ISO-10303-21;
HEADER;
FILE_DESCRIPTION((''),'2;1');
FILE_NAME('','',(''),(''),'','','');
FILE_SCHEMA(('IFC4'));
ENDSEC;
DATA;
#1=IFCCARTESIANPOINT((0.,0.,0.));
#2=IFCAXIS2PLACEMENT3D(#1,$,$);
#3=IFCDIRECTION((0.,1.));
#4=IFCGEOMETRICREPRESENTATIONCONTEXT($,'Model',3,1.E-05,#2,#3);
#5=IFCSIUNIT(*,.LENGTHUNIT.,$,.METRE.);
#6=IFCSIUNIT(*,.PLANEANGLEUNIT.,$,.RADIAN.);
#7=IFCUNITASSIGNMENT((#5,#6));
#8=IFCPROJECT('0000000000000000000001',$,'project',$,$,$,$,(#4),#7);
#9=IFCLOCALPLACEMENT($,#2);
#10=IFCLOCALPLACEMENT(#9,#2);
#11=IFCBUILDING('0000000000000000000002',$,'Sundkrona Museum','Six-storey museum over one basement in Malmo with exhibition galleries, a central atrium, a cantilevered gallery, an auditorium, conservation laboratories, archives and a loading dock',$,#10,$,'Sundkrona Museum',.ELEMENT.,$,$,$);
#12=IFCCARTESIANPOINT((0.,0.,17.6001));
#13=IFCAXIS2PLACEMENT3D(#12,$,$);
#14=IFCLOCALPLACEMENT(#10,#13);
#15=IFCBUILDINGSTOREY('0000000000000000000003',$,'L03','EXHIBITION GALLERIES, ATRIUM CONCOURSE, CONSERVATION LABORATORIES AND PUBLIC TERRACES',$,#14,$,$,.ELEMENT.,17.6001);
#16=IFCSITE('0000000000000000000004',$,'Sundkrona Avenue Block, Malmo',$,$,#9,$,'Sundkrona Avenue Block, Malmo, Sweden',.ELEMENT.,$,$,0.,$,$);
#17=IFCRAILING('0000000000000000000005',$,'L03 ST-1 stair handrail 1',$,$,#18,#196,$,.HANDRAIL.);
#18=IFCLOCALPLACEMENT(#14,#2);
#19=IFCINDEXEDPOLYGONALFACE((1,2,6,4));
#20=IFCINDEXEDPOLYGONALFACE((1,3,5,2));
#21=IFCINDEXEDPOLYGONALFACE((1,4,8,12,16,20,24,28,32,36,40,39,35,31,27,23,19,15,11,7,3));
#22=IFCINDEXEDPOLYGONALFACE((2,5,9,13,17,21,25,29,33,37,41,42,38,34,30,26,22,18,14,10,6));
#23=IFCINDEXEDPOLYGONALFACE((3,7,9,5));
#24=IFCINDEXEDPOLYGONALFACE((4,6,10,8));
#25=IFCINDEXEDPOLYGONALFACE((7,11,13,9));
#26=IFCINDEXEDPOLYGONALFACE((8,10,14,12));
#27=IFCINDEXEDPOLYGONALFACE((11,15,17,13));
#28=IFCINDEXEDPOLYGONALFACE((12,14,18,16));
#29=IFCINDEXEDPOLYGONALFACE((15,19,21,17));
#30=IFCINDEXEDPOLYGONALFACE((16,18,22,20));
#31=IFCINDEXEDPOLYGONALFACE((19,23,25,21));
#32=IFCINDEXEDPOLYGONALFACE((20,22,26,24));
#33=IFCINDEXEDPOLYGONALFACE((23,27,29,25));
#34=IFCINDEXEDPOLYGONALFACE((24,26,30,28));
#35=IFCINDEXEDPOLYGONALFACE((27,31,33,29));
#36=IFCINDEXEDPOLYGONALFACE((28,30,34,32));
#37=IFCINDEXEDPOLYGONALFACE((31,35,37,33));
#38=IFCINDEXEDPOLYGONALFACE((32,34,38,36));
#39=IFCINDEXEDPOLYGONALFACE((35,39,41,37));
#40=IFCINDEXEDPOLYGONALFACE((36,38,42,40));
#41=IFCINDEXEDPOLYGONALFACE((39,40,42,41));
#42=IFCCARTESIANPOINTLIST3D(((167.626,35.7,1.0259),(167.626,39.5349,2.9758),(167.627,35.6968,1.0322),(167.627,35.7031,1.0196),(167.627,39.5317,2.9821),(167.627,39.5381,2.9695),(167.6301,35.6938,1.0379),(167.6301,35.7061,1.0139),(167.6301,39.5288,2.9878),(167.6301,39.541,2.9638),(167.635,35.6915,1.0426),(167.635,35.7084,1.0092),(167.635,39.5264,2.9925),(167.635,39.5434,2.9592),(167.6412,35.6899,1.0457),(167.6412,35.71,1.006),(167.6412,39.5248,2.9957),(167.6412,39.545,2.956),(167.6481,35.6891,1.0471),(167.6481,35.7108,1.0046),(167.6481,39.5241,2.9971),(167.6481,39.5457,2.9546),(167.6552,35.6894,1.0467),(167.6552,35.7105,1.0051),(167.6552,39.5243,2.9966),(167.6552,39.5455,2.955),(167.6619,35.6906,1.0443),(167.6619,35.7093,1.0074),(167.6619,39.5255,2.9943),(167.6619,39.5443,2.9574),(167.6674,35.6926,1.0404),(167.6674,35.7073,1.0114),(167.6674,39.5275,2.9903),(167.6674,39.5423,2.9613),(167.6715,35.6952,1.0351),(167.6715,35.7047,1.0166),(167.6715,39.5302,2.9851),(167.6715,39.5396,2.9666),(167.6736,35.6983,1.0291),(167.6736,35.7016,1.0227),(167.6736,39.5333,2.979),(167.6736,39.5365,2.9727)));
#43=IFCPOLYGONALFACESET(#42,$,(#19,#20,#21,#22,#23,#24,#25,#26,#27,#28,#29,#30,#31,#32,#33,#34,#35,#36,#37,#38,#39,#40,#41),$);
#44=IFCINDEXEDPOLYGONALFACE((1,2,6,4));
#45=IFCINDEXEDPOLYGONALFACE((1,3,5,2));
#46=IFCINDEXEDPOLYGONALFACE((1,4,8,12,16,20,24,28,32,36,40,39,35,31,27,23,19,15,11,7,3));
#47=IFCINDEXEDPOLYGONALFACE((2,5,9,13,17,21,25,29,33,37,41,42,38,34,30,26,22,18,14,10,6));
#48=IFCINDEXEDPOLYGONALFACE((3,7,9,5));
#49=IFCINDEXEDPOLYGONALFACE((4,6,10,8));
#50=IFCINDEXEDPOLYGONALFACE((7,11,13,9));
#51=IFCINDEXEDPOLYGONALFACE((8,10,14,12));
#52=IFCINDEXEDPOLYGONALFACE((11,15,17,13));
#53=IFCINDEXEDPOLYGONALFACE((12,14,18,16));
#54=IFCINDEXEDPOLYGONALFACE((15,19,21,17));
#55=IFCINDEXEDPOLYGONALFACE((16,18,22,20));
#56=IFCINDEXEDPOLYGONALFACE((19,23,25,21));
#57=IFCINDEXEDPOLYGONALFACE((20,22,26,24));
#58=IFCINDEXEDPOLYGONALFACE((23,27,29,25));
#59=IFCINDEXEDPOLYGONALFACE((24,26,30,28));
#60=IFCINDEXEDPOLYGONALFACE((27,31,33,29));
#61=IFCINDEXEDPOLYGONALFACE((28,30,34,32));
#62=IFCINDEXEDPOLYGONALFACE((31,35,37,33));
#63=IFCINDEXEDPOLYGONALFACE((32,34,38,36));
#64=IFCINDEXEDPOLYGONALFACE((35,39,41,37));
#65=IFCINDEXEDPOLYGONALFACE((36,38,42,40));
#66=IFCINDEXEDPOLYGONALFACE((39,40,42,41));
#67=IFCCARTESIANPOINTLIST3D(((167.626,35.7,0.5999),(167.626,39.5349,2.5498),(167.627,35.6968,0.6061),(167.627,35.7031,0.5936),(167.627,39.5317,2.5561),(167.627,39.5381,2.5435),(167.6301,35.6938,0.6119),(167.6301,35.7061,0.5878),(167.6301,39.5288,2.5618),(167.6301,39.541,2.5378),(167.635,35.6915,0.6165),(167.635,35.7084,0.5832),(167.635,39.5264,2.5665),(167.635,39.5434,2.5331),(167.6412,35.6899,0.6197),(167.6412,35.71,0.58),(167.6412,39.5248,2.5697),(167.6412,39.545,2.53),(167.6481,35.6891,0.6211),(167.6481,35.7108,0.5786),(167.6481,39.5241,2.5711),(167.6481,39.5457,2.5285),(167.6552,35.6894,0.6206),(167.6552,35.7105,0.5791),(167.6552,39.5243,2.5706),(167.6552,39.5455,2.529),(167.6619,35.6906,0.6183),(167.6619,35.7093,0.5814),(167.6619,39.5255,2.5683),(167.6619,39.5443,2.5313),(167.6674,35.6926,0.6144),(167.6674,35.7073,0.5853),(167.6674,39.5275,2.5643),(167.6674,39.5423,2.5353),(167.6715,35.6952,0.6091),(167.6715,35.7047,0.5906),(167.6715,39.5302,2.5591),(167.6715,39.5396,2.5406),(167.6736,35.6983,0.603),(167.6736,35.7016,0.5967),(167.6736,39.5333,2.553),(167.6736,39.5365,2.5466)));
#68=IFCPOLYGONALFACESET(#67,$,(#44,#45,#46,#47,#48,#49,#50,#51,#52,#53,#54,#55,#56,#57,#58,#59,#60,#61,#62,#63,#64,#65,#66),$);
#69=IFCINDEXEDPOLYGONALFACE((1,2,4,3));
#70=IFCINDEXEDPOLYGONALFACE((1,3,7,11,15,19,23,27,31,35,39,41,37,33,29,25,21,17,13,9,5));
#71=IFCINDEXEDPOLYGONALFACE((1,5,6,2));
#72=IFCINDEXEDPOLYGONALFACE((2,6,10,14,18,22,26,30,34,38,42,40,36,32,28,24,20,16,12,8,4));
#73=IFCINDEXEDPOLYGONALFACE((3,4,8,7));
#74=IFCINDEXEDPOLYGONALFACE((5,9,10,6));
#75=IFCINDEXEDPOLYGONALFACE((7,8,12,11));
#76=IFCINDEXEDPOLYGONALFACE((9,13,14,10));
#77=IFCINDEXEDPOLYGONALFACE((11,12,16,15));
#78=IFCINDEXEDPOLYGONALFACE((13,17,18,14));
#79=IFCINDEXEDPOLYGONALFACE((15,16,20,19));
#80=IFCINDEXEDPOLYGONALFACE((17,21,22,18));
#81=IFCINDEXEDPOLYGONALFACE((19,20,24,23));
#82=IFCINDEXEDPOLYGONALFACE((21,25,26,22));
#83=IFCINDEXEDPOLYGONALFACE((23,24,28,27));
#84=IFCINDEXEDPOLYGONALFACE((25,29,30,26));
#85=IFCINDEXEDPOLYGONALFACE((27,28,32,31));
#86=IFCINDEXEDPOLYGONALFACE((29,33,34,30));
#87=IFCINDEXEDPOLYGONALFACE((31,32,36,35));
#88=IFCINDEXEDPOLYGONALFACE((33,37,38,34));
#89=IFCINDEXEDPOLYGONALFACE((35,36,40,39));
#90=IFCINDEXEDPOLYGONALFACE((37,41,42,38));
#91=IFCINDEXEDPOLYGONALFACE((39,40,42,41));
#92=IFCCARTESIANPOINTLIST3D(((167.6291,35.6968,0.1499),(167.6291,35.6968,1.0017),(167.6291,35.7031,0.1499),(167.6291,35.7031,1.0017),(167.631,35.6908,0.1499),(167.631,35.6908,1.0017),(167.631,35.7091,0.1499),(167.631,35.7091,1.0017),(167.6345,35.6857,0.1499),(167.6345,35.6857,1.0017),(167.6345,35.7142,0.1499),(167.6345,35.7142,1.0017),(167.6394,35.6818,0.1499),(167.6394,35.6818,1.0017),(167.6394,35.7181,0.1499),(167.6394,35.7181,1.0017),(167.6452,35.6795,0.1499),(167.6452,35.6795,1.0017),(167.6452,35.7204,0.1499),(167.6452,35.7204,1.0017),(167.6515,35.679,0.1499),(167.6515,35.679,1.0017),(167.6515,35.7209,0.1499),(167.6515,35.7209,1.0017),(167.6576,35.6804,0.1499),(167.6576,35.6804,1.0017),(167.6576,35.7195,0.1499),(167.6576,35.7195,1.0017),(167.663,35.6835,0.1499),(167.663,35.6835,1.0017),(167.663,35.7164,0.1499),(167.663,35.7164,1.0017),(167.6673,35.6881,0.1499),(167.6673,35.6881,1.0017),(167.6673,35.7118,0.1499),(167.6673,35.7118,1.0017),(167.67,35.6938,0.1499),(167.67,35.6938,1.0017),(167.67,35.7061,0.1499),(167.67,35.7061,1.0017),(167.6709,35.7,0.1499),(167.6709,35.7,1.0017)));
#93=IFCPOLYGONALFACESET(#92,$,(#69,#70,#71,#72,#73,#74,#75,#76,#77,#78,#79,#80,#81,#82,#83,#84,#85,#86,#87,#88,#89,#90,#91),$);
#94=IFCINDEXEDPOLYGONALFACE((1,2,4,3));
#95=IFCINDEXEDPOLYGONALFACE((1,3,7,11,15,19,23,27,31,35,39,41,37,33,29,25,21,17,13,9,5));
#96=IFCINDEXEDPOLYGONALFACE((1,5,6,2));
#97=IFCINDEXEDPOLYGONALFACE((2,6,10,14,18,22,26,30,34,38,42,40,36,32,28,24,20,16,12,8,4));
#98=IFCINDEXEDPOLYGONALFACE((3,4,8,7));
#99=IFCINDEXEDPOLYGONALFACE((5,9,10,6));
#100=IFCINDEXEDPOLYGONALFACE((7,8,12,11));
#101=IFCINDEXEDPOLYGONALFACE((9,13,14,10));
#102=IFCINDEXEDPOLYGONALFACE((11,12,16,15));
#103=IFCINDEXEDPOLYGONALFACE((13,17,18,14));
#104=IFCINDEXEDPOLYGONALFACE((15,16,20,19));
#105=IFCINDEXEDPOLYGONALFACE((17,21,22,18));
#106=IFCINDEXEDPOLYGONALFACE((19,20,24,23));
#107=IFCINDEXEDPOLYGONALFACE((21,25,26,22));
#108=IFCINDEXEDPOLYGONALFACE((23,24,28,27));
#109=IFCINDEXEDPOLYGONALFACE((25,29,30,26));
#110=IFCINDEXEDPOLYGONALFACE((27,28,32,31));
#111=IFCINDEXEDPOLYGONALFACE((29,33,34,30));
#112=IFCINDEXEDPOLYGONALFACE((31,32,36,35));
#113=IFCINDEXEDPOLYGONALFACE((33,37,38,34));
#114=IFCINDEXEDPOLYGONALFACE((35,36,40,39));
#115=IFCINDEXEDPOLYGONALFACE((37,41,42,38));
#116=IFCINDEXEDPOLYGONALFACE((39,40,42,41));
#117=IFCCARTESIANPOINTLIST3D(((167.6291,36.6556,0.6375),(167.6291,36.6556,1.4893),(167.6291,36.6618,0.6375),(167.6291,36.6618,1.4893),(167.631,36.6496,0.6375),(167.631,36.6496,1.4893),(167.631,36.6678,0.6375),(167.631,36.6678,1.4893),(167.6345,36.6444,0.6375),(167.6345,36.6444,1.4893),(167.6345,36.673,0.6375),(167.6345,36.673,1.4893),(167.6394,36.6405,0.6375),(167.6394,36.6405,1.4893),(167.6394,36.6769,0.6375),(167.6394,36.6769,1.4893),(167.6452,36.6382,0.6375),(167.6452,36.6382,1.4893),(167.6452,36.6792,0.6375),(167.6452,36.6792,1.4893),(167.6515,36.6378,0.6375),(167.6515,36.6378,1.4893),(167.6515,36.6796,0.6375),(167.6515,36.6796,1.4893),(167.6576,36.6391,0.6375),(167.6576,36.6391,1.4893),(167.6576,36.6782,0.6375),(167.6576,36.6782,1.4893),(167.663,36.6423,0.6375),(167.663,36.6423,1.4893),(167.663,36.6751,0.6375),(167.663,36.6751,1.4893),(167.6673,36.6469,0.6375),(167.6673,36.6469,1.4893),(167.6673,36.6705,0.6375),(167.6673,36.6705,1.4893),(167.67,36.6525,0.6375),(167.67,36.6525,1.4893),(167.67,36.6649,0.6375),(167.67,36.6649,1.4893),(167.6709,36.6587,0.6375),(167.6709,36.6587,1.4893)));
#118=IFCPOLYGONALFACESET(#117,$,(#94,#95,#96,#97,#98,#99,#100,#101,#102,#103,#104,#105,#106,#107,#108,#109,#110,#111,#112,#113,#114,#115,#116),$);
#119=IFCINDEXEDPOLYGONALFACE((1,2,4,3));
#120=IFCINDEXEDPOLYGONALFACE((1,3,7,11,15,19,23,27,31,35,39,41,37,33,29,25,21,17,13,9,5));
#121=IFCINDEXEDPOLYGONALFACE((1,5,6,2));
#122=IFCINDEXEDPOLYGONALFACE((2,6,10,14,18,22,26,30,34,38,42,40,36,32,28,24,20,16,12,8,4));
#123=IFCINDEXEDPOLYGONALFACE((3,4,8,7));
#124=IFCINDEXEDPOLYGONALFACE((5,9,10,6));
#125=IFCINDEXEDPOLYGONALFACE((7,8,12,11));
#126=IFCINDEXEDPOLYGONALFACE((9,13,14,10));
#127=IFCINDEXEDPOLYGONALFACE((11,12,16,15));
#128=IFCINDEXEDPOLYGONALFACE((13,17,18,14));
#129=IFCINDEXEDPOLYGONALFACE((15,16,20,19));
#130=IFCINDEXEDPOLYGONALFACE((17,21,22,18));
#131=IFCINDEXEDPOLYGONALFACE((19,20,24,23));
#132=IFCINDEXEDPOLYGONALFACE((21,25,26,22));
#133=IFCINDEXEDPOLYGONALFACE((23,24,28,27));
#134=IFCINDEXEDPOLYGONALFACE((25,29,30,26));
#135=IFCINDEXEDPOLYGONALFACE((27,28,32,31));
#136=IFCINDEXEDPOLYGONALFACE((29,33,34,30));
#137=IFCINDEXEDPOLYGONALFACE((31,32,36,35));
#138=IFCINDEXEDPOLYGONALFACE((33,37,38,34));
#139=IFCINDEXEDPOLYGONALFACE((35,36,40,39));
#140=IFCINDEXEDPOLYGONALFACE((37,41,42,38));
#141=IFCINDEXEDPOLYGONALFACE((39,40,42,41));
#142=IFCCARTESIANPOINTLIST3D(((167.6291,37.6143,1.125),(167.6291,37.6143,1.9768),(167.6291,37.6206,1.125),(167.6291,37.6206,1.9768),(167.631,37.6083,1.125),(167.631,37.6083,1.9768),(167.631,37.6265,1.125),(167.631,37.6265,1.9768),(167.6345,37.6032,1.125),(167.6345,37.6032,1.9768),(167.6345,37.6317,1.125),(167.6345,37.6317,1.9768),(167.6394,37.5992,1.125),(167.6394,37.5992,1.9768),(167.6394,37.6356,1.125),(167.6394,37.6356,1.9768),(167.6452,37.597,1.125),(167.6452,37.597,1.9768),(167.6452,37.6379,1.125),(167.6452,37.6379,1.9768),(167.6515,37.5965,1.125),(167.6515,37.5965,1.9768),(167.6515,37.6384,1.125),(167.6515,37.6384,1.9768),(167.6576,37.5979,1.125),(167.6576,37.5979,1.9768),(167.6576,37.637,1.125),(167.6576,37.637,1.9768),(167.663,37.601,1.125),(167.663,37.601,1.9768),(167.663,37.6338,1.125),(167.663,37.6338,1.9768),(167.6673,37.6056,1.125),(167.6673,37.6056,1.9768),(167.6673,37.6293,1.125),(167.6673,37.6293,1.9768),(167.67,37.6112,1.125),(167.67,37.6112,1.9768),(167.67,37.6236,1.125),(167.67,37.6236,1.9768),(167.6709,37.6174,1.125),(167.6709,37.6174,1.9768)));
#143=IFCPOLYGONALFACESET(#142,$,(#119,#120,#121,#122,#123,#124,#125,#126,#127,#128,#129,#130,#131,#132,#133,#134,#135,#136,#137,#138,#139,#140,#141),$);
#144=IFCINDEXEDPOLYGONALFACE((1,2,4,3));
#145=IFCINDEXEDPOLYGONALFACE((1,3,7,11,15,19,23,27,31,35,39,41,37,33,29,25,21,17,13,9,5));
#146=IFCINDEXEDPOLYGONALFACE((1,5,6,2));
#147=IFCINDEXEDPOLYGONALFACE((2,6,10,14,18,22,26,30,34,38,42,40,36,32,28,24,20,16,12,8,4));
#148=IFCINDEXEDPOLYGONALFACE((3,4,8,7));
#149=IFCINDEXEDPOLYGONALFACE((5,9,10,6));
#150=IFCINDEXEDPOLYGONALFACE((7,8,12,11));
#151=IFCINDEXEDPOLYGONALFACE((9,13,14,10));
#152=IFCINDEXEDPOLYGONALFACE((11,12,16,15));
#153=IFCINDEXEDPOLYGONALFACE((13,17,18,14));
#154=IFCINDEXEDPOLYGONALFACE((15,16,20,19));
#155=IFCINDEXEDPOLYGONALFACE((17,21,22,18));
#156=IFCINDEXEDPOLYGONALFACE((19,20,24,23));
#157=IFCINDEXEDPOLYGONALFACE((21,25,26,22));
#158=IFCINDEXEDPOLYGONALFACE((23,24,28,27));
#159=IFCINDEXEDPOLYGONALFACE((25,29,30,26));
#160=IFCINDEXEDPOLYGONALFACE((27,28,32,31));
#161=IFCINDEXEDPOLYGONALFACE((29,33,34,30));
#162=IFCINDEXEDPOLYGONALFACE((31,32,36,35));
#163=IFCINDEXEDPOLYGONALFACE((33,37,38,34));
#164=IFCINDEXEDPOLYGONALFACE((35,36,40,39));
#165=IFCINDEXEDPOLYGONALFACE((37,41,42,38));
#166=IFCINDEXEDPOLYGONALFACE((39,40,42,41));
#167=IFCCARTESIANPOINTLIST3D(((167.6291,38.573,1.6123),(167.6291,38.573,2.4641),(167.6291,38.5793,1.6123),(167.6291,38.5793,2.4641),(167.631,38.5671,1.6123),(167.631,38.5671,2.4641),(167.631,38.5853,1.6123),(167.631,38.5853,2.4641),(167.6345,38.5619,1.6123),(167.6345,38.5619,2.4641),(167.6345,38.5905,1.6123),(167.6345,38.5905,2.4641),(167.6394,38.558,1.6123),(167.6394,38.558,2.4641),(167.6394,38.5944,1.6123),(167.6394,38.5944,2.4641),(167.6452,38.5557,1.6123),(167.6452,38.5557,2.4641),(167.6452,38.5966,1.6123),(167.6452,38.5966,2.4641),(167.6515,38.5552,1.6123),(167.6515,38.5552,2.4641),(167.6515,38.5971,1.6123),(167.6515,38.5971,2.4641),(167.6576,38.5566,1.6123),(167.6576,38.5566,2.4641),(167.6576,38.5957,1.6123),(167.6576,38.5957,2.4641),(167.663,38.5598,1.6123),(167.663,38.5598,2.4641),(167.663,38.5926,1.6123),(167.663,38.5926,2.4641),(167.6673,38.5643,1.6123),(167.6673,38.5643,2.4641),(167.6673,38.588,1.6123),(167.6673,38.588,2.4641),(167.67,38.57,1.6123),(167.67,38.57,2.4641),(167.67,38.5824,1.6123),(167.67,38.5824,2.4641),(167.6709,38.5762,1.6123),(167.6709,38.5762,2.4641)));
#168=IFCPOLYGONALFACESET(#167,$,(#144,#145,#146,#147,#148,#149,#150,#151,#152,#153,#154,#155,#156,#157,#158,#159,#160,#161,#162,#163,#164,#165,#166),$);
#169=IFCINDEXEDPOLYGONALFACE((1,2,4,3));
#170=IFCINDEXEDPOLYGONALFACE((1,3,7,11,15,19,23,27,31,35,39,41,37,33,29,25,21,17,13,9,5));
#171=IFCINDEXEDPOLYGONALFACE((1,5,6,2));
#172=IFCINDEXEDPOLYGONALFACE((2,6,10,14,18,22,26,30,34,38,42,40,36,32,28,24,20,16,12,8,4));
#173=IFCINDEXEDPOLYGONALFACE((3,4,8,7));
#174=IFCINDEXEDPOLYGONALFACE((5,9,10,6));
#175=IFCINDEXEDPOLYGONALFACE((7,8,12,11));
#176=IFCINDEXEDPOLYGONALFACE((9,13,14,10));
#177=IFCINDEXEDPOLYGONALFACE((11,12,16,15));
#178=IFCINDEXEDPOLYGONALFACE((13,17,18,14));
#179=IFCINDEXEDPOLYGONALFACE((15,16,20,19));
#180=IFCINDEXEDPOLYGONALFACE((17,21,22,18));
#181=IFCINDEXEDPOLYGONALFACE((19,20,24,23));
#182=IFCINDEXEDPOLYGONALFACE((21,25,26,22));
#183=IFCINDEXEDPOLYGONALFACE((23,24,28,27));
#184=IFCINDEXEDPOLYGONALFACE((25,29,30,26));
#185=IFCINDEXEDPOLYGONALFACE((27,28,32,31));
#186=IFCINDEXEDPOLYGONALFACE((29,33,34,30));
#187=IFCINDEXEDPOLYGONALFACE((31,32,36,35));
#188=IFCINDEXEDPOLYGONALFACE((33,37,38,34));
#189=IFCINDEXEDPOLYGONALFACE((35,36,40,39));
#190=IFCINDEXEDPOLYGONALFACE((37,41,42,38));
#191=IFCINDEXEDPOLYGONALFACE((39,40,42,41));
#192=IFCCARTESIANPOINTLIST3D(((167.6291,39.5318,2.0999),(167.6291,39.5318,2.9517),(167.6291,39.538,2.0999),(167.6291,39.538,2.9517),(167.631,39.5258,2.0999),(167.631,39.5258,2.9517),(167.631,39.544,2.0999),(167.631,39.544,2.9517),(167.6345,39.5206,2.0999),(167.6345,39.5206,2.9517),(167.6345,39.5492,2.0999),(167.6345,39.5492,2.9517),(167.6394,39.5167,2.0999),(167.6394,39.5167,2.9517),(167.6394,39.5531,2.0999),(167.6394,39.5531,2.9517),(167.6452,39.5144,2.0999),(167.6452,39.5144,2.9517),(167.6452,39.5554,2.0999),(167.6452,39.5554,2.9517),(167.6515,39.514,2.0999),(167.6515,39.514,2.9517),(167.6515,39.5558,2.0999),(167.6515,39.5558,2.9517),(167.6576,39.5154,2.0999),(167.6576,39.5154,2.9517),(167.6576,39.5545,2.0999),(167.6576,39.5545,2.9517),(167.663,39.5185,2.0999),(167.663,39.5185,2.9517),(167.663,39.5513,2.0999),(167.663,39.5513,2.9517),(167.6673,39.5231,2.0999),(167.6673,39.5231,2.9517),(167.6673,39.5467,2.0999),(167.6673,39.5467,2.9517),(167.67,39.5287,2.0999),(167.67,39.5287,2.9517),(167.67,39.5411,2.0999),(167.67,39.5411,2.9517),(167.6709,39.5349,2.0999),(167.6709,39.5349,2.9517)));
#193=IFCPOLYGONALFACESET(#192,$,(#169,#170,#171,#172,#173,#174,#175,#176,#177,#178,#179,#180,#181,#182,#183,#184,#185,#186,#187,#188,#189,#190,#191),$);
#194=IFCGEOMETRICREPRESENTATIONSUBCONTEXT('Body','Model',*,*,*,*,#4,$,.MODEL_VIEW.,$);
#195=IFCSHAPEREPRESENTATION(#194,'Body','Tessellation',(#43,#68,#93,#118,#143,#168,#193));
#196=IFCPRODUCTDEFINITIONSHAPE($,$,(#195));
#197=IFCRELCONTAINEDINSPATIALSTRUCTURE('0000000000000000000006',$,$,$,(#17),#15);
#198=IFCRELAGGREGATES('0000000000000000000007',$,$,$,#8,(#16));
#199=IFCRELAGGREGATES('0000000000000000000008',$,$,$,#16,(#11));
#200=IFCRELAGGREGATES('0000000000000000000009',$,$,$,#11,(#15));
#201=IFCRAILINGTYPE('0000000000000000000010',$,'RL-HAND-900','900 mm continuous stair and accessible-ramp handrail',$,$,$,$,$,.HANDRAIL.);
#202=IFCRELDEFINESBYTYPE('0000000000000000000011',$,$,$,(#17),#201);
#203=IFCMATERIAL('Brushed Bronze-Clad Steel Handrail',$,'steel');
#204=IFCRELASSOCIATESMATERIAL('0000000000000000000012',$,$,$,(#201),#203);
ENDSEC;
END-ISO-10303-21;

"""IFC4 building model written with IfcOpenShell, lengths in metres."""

from ifc_helpers import new_model, si_unit, direction, frame, origin, origin_2d, place, context, subcontext, project, spatial, circle, extrude, material, type_object, element, save


model = new_model("IFC4")

# Units and contexts
model_context = context("Model", 3, precision=1e-05, world=origin(), true_north=direction((0.0, 1.0)))
body_context = subcontext(model_context, "Body", "Model", "MODEL_VIEW")
ifc_project = project(units=[si_unit("LENGTHUNIT", "METRE"), si_unit("PLANEANGLEUNIT", "RADIAN")], contexts=[model_context])

# Site, building, storey
site_placement = place(None, origin())
site = spatial("IfcSite", under=ifc_project, at=site_placement, Name="Sundkrona Avenue Block, Malmo", LongName="Sundkrona Avenue Block, Malmo, Sweden", CompositionType="ELEMENT", RefElevation=0.0)
building_placement = place(site_placement, origin())
building = spatial("IfcBuilding", under=site, at=building_placement, Name="Sundkrona Museum", Description="Six-storey museum over one basement in Malmo with exhibition galleries, a central atrium, a cantilevered gallery, an auditorium, conservation laboratories, archives and a loading dock", LongName="Sundkrona Museum", CompositionType="ELEMENT")
storey_placement = place(building_placement, frame((0.0, 0.0, 17.6001)))
storey = spatial("IfcBuildingStorey", under=building, at=storey_placement, Name="L03", Description="EXHIBITION GALLERIES, ATRIUM CONCOURSE, CONSERVATION LABORATORIES AND PUBLIC TERRACES", CompositionType="ELEMENT", Elevation=17.6001)

# Railing
ifc_material_1 = material(Name="Brushed Bronze-Clad Steel Handrail", Category="steel")
railing_type_1 = type_object("IfcRailingType", Name="RL-HAND-900", Description="900 mm continuous stair and accessible-ramp handrail", PredefinedType="HANDRAIL", material=ifc_material_1)
railing_1_placement = place(storey_placement, frame((167.6499, 35.7, 0.1499)))
element("IfcRailing", 1, at=railing_1_placement, inside=storey, type_object=railing_type_1, Name="L03 ST-1 stair handrail 1", PredefinedType="HANDRAIL", context=body_context, shape_type="SweptSolid", body=[
    extrude(circle(Radius=0.0239, at=origin_2d()), frame((0.0, 0.0, 0.876), z_axis=(0.0, 0.891388, 0.453241), x_axis=(-1.0, 0.0, 0.0)), (0.0, 0.0, 1.0), 4.3022),
    extrude(circle(Radius=0.0239, at=origin_2d()), frame((0.0, 0.0, 0.45), z_axis=(0.0, 0.891388, 0.453241), x_axis=(-1.0, 0.0, 0.0)), (0.0, 0.0, 1.0), 4.3022),
    extrude(circle(Radius=0.021, at=origin_2d()), origin(), (0.0, 0.0, 1.0), 0.8518),
    extrude(circle(Radius=0.021, at=origin_2d()), frame((0.0, 0.9587, 0.4875)), (0.0, 0.0, 1.0), 0.8518),
    extrude(circle(Radius=0.021, at=origin_2d()), frame((0.0, 1.9175, 0.9751)), (0.0, 0.0, 1.0), 0.8518),
    extrude(circle(Radius=0.021, at=origin_2d()), frame((0.0, 2.8762, 1.4624)), (0.0, 0.0, 1.0), 0.8518),
    extrude(circle(Radius=0.021, at=origin_2d()), frame((0.0, 3.835, 1.95)), (0.0, 0.0, 1.0), 0.8518),
])

save(model, "model.ifc")
